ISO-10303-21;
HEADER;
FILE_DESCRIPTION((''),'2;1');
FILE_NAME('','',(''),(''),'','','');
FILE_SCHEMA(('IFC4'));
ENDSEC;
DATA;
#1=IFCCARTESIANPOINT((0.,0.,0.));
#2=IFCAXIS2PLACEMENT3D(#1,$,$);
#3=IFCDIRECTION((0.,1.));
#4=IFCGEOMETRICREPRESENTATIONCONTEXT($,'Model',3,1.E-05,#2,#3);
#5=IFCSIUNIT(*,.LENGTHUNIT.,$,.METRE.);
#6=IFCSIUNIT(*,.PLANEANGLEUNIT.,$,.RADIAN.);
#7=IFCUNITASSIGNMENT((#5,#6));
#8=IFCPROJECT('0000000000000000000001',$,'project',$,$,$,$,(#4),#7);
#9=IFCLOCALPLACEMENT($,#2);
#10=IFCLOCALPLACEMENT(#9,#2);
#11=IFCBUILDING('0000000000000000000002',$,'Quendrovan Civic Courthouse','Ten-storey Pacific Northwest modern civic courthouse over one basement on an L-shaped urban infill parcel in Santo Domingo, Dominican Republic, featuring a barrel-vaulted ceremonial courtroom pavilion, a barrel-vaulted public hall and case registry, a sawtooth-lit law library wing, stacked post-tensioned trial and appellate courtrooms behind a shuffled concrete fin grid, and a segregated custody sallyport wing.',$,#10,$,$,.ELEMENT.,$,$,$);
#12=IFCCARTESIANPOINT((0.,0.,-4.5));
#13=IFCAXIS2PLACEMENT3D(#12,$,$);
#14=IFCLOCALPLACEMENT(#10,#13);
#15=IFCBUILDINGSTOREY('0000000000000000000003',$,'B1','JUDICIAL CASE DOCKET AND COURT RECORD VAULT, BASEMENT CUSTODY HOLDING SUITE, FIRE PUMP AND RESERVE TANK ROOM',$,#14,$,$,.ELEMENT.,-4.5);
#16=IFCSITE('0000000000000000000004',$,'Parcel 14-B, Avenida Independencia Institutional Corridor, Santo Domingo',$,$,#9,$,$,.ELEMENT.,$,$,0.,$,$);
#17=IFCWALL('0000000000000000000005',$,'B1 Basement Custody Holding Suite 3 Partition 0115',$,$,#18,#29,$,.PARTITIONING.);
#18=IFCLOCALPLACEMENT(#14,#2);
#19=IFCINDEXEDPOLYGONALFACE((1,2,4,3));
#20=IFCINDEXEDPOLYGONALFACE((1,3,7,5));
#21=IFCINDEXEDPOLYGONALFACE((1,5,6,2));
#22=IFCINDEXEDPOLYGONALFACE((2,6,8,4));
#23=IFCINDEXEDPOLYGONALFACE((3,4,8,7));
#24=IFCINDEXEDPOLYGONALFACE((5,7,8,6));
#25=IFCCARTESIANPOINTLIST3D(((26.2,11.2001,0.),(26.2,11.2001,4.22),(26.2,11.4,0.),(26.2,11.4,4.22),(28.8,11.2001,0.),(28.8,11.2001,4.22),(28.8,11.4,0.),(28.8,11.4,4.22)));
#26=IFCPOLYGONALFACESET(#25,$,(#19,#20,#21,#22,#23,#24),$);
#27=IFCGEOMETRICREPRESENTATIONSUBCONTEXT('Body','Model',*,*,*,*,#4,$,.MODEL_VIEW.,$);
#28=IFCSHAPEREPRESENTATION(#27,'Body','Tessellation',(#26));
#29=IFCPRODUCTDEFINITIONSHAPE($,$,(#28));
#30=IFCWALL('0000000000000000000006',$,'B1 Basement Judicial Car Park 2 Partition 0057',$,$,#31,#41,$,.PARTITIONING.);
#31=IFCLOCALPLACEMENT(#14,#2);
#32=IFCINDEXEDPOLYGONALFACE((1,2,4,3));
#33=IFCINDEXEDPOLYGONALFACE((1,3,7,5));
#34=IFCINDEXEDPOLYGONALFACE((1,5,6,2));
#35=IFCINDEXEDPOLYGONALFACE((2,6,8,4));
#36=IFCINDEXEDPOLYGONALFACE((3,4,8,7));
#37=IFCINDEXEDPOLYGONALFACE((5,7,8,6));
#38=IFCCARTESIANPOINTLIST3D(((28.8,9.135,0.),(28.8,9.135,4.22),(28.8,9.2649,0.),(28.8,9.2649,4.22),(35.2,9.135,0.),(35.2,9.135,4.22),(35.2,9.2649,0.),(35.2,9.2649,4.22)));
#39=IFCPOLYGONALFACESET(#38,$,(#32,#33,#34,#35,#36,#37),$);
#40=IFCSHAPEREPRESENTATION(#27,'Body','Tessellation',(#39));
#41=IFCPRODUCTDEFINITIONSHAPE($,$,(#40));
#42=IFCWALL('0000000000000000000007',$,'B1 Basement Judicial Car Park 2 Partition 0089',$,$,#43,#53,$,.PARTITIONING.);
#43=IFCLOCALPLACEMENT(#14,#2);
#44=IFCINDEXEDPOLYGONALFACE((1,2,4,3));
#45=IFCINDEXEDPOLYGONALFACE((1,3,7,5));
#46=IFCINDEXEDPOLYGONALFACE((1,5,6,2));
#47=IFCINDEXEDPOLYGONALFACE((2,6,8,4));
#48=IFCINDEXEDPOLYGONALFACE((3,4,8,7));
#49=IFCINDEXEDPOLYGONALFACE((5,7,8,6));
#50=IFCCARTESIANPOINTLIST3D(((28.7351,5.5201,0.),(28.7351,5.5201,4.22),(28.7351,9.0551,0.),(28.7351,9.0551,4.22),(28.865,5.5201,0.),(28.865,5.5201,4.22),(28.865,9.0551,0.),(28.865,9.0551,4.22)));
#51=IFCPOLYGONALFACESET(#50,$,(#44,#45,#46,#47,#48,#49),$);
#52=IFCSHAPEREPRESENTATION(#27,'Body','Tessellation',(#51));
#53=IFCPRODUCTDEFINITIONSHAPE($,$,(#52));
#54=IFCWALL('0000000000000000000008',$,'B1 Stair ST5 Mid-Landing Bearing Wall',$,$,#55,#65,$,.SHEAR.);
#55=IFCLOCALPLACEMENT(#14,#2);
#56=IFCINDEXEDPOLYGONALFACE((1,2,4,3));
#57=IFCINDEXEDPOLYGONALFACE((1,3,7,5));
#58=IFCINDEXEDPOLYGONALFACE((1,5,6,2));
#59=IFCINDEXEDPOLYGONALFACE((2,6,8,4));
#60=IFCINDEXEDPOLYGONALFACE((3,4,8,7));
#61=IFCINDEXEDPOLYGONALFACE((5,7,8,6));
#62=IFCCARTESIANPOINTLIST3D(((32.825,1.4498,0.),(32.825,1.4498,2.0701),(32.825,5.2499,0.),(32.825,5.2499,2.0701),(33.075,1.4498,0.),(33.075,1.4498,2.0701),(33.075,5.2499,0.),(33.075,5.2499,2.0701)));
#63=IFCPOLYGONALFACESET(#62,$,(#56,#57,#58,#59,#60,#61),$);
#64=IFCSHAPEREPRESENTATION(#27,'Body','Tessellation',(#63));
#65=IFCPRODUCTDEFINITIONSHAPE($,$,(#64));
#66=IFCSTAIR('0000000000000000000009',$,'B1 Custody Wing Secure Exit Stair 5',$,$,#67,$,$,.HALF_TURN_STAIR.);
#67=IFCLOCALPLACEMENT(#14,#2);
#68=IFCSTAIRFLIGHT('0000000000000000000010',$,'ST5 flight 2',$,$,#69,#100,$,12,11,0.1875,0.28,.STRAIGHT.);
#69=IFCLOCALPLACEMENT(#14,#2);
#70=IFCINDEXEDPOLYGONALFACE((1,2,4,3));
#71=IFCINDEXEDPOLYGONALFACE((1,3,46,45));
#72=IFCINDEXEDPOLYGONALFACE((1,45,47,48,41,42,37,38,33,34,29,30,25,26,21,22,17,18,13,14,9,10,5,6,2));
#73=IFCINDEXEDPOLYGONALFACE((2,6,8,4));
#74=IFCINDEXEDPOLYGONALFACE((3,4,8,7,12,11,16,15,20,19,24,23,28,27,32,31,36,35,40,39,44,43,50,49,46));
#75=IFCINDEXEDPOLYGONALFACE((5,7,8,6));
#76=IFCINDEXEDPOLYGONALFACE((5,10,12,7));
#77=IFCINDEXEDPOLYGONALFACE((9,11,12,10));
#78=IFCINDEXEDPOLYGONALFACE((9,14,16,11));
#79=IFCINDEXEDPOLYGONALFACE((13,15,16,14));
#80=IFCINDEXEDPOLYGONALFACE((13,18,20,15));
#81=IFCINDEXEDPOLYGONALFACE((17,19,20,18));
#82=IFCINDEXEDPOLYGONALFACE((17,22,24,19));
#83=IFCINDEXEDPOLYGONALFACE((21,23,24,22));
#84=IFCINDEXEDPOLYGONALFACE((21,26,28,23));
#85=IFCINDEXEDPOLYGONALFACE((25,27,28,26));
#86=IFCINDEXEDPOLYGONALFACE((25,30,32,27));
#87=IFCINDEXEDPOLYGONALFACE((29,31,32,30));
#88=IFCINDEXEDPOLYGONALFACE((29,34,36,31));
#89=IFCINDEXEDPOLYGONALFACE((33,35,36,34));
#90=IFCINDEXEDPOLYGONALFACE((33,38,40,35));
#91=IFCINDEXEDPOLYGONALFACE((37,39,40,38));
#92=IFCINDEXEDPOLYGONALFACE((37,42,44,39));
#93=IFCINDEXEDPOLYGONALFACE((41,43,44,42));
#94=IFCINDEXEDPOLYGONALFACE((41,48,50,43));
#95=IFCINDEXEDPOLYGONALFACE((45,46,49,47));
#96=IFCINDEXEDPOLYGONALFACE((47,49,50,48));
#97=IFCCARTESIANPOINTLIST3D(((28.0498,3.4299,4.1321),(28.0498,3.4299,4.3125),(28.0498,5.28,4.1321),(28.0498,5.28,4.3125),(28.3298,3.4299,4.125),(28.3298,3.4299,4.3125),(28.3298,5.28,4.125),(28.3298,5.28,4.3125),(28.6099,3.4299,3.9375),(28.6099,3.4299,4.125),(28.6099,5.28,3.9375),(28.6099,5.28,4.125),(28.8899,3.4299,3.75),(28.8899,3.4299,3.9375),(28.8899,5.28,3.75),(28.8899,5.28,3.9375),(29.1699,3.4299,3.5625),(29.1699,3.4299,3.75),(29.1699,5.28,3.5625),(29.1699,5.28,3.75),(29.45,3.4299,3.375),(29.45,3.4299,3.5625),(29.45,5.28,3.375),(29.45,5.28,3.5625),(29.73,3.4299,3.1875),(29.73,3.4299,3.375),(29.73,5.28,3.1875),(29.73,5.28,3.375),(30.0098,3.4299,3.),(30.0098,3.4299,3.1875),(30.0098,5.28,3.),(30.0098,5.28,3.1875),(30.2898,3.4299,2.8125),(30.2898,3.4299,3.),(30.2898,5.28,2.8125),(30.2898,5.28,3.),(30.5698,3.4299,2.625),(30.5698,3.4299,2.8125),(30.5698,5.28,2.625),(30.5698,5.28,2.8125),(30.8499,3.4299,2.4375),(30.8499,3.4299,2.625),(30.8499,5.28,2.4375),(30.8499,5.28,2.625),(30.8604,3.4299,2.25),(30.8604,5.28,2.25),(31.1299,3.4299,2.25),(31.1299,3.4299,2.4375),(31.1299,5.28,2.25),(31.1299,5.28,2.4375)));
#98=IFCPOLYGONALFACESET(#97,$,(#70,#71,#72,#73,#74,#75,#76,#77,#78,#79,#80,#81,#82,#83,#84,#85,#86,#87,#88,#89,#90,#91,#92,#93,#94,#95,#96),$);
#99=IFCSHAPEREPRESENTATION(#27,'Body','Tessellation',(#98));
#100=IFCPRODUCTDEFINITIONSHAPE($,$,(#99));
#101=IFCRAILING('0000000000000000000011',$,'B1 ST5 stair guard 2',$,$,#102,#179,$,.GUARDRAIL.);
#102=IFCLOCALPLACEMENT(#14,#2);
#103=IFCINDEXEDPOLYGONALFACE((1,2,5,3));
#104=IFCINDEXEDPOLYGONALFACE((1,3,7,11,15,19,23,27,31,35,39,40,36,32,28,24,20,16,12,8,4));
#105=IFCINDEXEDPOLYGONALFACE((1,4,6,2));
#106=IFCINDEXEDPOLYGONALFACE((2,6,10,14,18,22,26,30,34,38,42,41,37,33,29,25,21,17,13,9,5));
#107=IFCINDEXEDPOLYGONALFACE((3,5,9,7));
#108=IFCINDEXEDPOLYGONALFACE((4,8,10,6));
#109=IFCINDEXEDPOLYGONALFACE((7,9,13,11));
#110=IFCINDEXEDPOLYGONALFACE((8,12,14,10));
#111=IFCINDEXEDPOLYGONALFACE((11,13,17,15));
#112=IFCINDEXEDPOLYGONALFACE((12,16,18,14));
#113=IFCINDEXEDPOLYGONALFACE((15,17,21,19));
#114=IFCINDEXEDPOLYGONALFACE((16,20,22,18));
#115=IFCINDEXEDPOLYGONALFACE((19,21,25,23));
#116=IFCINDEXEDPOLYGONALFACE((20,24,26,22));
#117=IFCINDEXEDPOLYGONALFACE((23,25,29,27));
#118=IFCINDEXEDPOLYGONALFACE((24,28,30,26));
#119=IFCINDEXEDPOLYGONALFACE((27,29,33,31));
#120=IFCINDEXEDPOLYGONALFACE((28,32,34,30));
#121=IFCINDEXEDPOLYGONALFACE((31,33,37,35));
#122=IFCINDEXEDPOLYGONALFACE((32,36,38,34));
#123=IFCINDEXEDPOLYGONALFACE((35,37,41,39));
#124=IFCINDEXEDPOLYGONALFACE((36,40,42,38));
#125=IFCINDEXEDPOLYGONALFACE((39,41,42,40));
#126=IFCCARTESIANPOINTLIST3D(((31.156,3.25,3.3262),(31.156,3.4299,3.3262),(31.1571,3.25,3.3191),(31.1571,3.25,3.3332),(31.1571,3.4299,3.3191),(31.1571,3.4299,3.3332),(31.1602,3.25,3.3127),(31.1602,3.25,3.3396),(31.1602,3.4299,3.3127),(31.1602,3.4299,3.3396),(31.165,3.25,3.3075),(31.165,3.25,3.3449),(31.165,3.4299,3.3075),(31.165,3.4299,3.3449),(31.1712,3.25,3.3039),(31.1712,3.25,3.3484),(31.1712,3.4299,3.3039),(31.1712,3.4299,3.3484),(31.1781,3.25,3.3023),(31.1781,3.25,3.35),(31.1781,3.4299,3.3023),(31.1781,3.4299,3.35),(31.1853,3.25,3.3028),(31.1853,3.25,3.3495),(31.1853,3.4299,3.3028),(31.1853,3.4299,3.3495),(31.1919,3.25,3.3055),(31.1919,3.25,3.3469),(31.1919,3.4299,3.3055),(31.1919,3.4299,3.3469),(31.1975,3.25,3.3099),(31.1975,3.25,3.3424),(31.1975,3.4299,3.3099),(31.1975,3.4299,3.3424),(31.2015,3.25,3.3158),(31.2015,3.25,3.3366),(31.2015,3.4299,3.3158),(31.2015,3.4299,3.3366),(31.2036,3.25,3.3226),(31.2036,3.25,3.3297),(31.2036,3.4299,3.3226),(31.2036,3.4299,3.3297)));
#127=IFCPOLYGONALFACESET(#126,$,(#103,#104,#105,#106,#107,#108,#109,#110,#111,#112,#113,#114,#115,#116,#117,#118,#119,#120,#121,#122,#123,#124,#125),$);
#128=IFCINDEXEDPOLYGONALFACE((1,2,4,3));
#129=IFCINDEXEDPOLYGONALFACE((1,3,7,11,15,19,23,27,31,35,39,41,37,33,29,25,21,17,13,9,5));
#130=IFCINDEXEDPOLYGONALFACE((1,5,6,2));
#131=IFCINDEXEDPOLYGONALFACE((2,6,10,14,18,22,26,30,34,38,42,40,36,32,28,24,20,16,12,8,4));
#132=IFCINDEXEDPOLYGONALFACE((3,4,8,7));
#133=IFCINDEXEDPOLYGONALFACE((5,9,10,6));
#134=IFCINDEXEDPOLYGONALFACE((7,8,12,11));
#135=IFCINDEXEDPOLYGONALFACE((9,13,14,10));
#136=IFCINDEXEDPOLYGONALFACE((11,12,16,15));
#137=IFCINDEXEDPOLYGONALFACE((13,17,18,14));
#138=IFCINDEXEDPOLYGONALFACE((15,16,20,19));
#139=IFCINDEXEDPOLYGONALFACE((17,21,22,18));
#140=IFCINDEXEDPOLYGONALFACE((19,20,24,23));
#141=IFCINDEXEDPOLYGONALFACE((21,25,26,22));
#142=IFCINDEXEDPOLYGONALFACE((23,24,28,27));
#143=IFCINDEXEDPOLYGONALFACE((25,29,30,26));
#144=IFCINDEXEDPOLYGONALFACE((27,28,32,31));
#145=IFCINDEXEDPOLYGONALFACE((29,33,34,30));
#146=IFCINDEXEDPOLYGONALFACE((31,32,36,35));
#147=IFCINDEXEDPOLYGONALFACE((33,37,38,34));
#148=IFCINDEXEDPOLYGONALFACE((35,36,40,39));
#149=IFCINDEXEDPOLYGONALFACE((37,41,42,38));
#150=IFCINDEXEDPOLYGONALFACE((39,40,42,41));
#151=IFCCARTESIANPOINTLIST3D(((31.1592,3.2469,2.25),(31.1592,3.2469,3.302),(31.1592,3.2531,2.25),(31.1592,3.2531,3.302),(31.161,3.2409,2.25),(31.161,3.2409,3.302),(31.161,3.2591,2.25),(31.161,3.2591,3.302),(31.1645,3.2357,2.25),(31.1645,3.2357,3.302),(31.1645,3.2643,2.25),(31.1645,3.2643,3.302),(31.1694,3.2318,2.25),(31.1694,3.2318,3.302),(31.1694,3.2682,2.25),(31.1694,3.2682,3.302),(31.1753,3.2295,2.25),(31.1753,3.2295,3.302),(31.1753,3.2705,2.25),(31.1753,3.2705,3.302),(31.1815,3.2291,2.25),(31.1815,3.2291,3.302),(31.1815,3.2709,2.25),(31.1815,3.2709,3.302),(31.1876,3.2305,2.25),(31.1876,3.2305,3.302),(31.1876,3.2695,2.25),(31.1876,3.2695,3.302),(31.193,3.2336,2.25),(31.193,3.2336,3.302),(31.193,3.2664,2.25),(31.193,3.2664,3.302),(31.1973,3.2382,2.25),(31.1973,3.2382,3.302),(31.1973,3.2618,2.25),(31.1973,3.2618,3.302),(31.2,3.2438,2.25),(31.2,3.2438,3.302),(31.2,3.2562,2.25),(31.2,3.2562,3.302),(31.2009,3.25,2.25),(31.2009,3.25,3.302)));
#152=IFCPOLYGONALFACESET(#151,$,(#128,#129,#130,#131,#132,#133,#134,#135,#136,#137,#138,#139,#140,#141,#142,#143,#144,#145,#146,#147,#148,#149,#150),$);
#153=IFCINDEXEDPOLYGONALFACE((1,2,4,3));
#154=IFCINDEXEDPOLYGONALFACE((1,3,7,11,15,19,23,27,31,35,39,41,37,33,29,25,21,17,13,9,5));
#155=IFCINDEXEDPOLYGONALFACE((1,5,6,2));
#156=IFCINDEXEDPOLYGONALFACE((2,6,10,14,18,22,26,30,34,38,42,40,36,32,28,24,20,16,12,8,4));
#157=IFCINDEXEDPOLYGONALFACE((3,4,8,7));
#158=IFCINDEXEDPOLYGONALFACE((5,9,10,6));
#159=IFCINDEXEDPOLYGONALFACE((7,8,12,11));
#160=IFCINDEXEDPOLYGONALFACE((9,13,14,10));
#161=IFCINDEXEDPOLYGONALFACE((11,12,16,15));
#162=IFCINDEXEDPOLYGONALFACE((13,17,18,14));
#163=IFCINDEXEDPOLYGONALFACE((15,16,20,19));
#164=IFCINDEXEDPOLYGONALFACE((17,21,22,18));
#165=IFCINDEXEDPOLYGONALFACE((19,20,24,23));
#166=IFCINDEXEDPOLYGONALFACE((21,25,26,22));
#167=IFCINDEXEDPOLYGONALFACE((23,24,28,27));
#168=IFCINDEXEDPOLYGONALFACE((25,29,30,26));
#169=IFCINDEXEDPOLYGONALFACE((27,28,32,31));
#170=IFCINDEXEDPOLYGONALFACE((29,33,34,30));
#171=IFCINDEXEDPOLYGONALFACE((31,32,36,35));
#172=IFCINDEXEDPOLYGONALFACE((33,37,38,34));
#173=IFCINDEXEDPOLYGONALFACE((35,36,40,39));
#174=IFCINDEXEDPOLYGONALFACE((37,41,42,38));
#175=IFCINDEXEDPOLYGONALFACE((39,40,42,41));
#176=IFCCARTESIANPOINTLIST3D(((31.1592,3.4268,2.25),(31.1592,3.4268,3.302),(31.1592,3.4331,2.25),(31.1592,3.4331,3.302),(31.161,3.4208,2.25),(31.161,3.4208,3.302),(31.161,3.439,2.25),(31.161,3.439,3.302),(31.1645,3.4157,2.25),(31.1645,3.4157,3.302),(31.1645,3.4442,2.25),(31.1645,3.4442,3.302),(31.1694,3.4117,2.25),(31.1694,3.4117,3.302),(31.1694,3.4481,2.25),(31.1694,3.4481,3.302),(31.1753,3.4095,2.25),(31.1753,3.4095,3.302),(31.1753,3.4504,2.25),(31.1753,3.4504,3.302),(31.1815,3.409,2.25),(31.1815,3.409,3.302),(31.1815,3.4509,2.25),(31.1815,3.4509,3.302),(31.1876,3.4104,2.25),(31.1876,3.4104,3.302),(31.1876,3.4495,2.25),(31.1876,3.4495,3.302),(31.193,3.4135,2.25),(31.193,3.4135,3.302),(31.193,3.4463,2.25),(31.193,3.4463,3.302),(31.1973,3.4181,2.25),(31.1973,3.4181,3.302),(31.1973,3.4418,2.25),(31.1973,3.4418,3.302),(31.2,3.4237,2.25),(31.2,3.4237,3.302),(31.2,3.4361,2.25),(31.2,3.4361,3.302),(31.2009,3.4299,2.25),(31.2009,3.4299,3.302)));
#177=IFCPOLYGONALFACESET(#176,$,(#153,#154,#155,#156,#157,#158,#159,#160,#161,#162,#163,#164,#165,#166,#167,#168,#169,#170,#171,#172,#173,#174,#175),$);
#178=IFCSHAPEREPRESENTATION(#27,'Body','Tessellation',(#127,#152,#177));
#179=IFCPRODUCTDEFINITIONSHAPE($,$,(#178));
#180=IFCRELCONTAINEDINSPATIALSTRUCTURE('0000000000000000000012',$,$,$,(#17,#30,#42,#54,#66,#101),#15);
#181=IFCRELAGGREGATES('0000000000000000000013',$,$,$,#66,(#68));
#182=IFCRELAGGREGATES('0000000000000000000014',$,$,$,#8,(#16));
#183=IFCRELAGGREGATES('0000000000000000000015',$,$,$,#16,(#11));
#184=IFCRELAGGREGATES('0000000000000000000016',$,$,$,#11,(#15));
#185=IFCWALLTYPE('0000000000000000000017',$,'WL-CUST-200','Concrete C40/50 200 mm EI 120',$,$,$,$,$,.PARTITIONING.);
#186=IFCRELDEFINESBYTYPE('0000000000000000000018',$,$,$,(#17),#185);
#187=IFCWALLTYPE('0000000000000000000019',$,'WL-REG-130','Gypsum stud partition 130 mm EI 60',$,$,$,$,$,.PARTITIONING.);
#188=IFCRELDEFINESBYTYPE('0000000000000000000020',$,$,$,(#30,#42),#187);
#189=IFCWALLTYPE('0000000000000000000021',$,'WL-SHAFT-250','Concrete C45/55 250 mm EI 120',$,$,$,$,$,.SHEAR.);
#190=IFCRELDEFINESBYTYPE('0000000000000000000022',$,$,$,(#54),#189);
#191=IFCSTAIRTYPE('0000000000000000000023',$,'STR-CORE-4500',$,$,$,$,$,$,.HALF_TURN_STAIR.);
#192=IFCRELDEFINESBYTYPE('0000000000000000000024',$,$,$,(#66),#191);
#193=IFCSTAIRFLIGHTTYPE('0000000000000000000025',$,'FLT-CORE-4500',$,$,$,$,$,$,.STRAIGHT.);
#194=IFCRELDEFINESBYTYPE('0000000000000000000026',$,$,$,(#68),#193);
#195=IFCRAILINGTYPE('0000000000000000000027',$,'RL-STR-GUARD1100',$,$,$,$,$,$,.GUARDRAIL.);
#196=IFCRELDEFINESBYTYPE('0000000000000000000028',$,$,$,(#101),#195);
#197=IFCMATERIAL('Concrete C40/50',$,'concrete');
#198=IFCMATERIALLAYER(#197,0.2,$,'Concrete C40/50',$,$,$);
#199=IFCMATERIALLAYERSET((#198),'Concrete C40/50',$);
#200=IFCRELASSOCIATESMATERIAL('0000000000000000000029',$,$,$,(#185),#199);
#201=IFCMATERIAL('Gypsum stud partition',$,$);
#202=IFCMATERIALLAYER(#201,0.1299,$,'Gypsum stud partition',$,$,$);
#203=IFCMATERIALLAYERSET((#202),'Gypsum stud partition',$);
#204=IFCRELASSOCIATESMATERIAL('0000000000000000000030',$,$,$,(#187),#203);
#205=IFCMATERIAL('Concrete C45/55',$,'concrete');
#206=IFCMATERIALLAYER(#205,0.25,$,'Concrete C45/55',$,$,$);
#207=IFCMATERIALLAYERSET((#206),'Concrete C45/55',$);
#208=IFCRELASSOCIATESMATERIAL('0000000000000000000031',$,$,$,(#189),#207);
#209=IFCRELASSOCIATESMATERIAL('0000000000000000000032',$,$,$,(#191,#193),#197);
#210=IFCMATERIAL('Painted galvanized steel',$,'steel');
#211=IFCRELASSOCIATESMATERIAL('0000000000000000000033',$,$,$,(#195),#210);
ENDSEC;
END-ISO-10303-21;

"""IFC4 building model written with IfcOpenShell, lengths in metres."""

from ifc_helpers import new_model, si_unit, direction, frame, frame_2d, origin, origin_2d, place, context, subcontext, project, spatial, polyline, rectangle, circle, outline, extrude, material, layer, layer_set, type_object, element, aggregate, save


model = new_model("IFC4")

# Units and contexts
model_context = context("Model", 3, precision=1e-05, world=origin(), true_north=direction((0.0, 1.0)))
body_context = subcontext(model_context, "Body", "Model", "MODEL_VIEW")
ifc_project = project(units=[si_unit("LENGTHUNIT", "METRE"), si_unit("PLANEANGLEUNIT", "RADIAN")], contexts=[model_context])

# Site, building, storey
site_placement = place(None, origin())
site = spatial("IfcSite", under=ifc_project, at=site_placement, Name="Parcel 14-B, Avenida Independencia Institutional Corridor, Santo Domingo", CompositionType="ELEMENT", RefElevation=0.0)
building_placement = place(site_placement, origin())
building = spatial("IfcBuilding", under=site, at=building_placement, Name="Quendrovan Civic Courthouse", Description="Ten-storey Pacific Northwest modern civic courthouse over one basement on an L-shaped urban infill parcel in Santo Domingo, Dominican Republic, featuring a barrel-vaulted ceremonial courtroom pavilion, a barrel-vaulted public hall and case registry, a sawtooth-lit law library wing, stacked post-tensioned trial and appellate courtrooms behind a shuffled concrete fin grid, and a segregated custody sallyport wing.", CompositionType="ELEMENT")
storey_placement = place(building_placement, frame((0.0, 0.0, -4.5)))
storey = spatial("IfcBuildingStorey", under=building, at=storey_placement, Name="B1", Description="JUDICIAL CASE DOCKET AND COURT RECORD VAULT, BASEMENT CUSTODY HOLDING SUITE, FIRE PUMP AND RESERVE TANK ROOM", CompositionType="ELEMENT", Elevation=-4.5)

# Shared definitions
ifc_material_1 = material(Name="Concrete C40/50", Category="concrete")
ifc_material_2 = material(Name="Concrete C45/55", Category="concrete")

# Walls
ifc_layer_1 = layer(ifc_material_1, 0.2, Name="Concrete C40/50")
ifc_layer_set_1 = layer_set([ifc_layer_1], Name="Concrete C40/50")
wall_type_1 = type_object("IfcWallType", Name="WL-CUST-200", Description="Concrete C40/50 200 mm EI 120", PredefinedType="PARTITIONING", material=ifc_layer_set_1)
wall_1_placement = place(storey_placement, frame((28.8, 11.3, 0.0), z_axis=(0.0, 0.0, 1.0), x_axis=(-1.0, 0.0, 0.0)))
element("IfcWall", 1, at=wall_1_placement, inside=storey, type_object=wall_type_1, Name="B1 Basement Custody Holding Suite 3 Partition 0115", PredefinedType="PARTITIONING", context=body_context, shape_type="SweptSolid", body=[
    extrude(rectangle(XDim=2.6001, YDim=0.2, at=frame_2d((1.3, 0.0))), origin(), (0.0, 0.0, 1.0), 4.22),
])
ifc_material_3 = material(Name="Gypsum stud partition")
ifc_layer_2 = layer(ifc_material_3, 0.1299, Name="Gypsum stud partition")
ifc_layer_set_2 = layer_set([ifc_layer_2], Name="Gypsum stud partition")
wall_type_2 = type_object("IfcWallType", Name="WL-REG-130", Description="Gypsum stud partition 130 mm EI 60", PredefinedType="PARTITIONING", material=ifc_layer_set_2)
wall_2_placement = place(storey_placement, frame((28.8, 9.2, 0.0), z_axis=(0.0, 0.0, 1.0), x_axis=(1.0, 0.0, 0.0)))
element("IfcWall", 2, at=wall_2_placement, inside=storey, type_object=wall_type_2, Name="B1 Basement Judicial Car Park 2 Partition 0057", PredefinedType="PARTITIONING", context=body_context, shape_type="SweptSolid", body=[
    extrude(rectangle(XDim=6.3999, YDim=0.1299, at=frame_2d((3.2, 0.0))), origin(), (0.0, 0.0, 1.0), 4.22),
])
wall_3_placement = place(storey_placement, frame((28.8, 5.52, 0.0), z_axis=(0.0, 0.0, 1.0), x_axis=(0.0, 1.0, 0.0)))
element("IfcWall", 3, at=wall_3_placement, inside=storey, type_object=wall_type_2, Name="B1 Basement Judicial Car Park 2 Partition 0089", PredefinedType="PARTITIONING", context=body_context, shape_type="SweptSolid", body=[
    extrude(rectangle(XDim=3.5349, YDim=0.1299, at=frame_2d((1.7676, 0.0))), origin(), (0.0, 0.0, 1.0), 4.22),
])
ifc_layer_3 = layer(ifc_material_2, 0.25, Name="Concrete C45/55")
ifc_layer_set_3 = layer_set([ifc_layer_3], Name="Concrete C45/55")
wall_type_3 = type_object("IfcWallType", Name="WL-SHAFT-250", Description="Concrete C45/55 250 mm EI 120", PredefinedType="SHEAR", material=ifc_layer_set_3)
wall_4_placement = place(storey_placement, frame((32.95, 1.45, 0.0), z_axis=(0.0, 0.0, 1.0), x_axis=(0.0, 1.0, 0.0)))
element("IfcWall", 4, at=wall_4_placement, inside=storey, type_object=wall_type_3, Name="B1 Stair ST5 Mid-Landing Bearing Wall", PredefinedType="SHEAR", context=body_context, shape_type="SweptSolid", body=[
    extrude(rectangle(XDim=3.8, YDim=0.25, at=frame_2d((1.8999, 0.0))), origin(), (0.0, 0.0, 1.0), 2.0701),
])

# Stair, stair flight
stair_type = type_object("IfcStairType", Name="STR-CORE-4500", PredefinedType="HALF_TURN_STAIR", material=ifc_material_1)
stair_placement = place(storey_placement, origin())
stair = element("IfcStair", 5, at=stair_placement, inside=storey, type_object=stair_type, Name="B1 Custody Wing Secure Exit Stair 5", PredefinedType="HALF_TURN_STAIR")
stair_flight_type = type_object("IfcStairFlightType", Name="FLT-CORE-4500", PredefinedType="STRAIGHT", material=ifc_material_1)
stair_flight_placement = place(storey_placement, frame((31.1299, 4.355, 2.25), z_axis=(0.0, 0.0, 1.0), x_axis=(-1.0, 0.0, 0.0)))
stair_flight = element("IfcStairFlight", 6, at=stair_flight_placement, type_object=stair_flight_type, Name="ST5 flight 2", NumberOfRisers=12, NumberOfTreads=11, PredefinedType="STRAIGHT", RiserHeight=0.1875, TreadLength=0.28, context=body_context, shape_type="SweptSolid", body=[
    extrude(outline(polyline([(0.0, 0.0), (0.0, 0.1875), (0.28, 0.1875), (0.28, 0.375), (0.5601, 0.375), (0.5601, 0.5625), (0.8401, 0.5625), (0.8401, 0.75), (1.1201, 0.75), (1.1201, 0.9375), (1.3999, 0.9375), (1.3999, 1.125), (1.6799, 1.125), (1.6799, 1.3125), (1.96, 1.3125), (1.96, 1.5), (2.24, 1.5), (2.24, 1.6875), (2.52, 1.6875), (2.52, 1.875), (2.8, 1.875), (2.8, 2.0625), (3.0801, 2.0625), (3.0801, 2.25), (3.0801, 1.8821), (0.2695, 0.0), (0.0, 0.0)])), frame((0.0, 0.925, 0.0), z_axis=(0.0, -1.0, 0.0), x_axis=(1.0, 0.0, 0.0)), (0.0, 0.0, 1.0), 1.8501),
])
aggregate(stair, [stair_flight])

# Railing
ifc_material_4 = material(Name="Painted galvanized steel", Category="steel")
railing_type_1 = type_object("IfcRailingType", Name="RL-STR-GUARD1100", PredefinedType="GUARDRAIL", material=ifc_material_4)
railing_1_placement = place(storey_placement, frame((31.1799, 3.25, 2.25)))
element("IfcRailing", 7, at=railing_1_placement, inside=storey, type_object=railing_type_1, Name="B1 ST5 stair guard 2", PredefinedType="GUARDRAIL", context=body_context, shape_type="SweptSolid", body=[
    extrude(circle(Radius=0.0239, at=origin_2d()), frame((0.0, 0.0, 1.0762), z_axis=(0.0, 1.0, 0.0), x_axis=(-1.0, 0.0, 0.0)), (0.0, 0.0, 1.0), 0.1799),
    extrude(circle(Radius=0.021, at=origin_2d()), origin(), (0.0, 0.0, 1.0), 1.052),
    extrude(circle(Radius=0.021, at=origin_2d()), frame((0.0, 0.1799, 0.0)), (0.0, 0.0, 1.0), 1.052),
])

save(model, "model.ifc")
